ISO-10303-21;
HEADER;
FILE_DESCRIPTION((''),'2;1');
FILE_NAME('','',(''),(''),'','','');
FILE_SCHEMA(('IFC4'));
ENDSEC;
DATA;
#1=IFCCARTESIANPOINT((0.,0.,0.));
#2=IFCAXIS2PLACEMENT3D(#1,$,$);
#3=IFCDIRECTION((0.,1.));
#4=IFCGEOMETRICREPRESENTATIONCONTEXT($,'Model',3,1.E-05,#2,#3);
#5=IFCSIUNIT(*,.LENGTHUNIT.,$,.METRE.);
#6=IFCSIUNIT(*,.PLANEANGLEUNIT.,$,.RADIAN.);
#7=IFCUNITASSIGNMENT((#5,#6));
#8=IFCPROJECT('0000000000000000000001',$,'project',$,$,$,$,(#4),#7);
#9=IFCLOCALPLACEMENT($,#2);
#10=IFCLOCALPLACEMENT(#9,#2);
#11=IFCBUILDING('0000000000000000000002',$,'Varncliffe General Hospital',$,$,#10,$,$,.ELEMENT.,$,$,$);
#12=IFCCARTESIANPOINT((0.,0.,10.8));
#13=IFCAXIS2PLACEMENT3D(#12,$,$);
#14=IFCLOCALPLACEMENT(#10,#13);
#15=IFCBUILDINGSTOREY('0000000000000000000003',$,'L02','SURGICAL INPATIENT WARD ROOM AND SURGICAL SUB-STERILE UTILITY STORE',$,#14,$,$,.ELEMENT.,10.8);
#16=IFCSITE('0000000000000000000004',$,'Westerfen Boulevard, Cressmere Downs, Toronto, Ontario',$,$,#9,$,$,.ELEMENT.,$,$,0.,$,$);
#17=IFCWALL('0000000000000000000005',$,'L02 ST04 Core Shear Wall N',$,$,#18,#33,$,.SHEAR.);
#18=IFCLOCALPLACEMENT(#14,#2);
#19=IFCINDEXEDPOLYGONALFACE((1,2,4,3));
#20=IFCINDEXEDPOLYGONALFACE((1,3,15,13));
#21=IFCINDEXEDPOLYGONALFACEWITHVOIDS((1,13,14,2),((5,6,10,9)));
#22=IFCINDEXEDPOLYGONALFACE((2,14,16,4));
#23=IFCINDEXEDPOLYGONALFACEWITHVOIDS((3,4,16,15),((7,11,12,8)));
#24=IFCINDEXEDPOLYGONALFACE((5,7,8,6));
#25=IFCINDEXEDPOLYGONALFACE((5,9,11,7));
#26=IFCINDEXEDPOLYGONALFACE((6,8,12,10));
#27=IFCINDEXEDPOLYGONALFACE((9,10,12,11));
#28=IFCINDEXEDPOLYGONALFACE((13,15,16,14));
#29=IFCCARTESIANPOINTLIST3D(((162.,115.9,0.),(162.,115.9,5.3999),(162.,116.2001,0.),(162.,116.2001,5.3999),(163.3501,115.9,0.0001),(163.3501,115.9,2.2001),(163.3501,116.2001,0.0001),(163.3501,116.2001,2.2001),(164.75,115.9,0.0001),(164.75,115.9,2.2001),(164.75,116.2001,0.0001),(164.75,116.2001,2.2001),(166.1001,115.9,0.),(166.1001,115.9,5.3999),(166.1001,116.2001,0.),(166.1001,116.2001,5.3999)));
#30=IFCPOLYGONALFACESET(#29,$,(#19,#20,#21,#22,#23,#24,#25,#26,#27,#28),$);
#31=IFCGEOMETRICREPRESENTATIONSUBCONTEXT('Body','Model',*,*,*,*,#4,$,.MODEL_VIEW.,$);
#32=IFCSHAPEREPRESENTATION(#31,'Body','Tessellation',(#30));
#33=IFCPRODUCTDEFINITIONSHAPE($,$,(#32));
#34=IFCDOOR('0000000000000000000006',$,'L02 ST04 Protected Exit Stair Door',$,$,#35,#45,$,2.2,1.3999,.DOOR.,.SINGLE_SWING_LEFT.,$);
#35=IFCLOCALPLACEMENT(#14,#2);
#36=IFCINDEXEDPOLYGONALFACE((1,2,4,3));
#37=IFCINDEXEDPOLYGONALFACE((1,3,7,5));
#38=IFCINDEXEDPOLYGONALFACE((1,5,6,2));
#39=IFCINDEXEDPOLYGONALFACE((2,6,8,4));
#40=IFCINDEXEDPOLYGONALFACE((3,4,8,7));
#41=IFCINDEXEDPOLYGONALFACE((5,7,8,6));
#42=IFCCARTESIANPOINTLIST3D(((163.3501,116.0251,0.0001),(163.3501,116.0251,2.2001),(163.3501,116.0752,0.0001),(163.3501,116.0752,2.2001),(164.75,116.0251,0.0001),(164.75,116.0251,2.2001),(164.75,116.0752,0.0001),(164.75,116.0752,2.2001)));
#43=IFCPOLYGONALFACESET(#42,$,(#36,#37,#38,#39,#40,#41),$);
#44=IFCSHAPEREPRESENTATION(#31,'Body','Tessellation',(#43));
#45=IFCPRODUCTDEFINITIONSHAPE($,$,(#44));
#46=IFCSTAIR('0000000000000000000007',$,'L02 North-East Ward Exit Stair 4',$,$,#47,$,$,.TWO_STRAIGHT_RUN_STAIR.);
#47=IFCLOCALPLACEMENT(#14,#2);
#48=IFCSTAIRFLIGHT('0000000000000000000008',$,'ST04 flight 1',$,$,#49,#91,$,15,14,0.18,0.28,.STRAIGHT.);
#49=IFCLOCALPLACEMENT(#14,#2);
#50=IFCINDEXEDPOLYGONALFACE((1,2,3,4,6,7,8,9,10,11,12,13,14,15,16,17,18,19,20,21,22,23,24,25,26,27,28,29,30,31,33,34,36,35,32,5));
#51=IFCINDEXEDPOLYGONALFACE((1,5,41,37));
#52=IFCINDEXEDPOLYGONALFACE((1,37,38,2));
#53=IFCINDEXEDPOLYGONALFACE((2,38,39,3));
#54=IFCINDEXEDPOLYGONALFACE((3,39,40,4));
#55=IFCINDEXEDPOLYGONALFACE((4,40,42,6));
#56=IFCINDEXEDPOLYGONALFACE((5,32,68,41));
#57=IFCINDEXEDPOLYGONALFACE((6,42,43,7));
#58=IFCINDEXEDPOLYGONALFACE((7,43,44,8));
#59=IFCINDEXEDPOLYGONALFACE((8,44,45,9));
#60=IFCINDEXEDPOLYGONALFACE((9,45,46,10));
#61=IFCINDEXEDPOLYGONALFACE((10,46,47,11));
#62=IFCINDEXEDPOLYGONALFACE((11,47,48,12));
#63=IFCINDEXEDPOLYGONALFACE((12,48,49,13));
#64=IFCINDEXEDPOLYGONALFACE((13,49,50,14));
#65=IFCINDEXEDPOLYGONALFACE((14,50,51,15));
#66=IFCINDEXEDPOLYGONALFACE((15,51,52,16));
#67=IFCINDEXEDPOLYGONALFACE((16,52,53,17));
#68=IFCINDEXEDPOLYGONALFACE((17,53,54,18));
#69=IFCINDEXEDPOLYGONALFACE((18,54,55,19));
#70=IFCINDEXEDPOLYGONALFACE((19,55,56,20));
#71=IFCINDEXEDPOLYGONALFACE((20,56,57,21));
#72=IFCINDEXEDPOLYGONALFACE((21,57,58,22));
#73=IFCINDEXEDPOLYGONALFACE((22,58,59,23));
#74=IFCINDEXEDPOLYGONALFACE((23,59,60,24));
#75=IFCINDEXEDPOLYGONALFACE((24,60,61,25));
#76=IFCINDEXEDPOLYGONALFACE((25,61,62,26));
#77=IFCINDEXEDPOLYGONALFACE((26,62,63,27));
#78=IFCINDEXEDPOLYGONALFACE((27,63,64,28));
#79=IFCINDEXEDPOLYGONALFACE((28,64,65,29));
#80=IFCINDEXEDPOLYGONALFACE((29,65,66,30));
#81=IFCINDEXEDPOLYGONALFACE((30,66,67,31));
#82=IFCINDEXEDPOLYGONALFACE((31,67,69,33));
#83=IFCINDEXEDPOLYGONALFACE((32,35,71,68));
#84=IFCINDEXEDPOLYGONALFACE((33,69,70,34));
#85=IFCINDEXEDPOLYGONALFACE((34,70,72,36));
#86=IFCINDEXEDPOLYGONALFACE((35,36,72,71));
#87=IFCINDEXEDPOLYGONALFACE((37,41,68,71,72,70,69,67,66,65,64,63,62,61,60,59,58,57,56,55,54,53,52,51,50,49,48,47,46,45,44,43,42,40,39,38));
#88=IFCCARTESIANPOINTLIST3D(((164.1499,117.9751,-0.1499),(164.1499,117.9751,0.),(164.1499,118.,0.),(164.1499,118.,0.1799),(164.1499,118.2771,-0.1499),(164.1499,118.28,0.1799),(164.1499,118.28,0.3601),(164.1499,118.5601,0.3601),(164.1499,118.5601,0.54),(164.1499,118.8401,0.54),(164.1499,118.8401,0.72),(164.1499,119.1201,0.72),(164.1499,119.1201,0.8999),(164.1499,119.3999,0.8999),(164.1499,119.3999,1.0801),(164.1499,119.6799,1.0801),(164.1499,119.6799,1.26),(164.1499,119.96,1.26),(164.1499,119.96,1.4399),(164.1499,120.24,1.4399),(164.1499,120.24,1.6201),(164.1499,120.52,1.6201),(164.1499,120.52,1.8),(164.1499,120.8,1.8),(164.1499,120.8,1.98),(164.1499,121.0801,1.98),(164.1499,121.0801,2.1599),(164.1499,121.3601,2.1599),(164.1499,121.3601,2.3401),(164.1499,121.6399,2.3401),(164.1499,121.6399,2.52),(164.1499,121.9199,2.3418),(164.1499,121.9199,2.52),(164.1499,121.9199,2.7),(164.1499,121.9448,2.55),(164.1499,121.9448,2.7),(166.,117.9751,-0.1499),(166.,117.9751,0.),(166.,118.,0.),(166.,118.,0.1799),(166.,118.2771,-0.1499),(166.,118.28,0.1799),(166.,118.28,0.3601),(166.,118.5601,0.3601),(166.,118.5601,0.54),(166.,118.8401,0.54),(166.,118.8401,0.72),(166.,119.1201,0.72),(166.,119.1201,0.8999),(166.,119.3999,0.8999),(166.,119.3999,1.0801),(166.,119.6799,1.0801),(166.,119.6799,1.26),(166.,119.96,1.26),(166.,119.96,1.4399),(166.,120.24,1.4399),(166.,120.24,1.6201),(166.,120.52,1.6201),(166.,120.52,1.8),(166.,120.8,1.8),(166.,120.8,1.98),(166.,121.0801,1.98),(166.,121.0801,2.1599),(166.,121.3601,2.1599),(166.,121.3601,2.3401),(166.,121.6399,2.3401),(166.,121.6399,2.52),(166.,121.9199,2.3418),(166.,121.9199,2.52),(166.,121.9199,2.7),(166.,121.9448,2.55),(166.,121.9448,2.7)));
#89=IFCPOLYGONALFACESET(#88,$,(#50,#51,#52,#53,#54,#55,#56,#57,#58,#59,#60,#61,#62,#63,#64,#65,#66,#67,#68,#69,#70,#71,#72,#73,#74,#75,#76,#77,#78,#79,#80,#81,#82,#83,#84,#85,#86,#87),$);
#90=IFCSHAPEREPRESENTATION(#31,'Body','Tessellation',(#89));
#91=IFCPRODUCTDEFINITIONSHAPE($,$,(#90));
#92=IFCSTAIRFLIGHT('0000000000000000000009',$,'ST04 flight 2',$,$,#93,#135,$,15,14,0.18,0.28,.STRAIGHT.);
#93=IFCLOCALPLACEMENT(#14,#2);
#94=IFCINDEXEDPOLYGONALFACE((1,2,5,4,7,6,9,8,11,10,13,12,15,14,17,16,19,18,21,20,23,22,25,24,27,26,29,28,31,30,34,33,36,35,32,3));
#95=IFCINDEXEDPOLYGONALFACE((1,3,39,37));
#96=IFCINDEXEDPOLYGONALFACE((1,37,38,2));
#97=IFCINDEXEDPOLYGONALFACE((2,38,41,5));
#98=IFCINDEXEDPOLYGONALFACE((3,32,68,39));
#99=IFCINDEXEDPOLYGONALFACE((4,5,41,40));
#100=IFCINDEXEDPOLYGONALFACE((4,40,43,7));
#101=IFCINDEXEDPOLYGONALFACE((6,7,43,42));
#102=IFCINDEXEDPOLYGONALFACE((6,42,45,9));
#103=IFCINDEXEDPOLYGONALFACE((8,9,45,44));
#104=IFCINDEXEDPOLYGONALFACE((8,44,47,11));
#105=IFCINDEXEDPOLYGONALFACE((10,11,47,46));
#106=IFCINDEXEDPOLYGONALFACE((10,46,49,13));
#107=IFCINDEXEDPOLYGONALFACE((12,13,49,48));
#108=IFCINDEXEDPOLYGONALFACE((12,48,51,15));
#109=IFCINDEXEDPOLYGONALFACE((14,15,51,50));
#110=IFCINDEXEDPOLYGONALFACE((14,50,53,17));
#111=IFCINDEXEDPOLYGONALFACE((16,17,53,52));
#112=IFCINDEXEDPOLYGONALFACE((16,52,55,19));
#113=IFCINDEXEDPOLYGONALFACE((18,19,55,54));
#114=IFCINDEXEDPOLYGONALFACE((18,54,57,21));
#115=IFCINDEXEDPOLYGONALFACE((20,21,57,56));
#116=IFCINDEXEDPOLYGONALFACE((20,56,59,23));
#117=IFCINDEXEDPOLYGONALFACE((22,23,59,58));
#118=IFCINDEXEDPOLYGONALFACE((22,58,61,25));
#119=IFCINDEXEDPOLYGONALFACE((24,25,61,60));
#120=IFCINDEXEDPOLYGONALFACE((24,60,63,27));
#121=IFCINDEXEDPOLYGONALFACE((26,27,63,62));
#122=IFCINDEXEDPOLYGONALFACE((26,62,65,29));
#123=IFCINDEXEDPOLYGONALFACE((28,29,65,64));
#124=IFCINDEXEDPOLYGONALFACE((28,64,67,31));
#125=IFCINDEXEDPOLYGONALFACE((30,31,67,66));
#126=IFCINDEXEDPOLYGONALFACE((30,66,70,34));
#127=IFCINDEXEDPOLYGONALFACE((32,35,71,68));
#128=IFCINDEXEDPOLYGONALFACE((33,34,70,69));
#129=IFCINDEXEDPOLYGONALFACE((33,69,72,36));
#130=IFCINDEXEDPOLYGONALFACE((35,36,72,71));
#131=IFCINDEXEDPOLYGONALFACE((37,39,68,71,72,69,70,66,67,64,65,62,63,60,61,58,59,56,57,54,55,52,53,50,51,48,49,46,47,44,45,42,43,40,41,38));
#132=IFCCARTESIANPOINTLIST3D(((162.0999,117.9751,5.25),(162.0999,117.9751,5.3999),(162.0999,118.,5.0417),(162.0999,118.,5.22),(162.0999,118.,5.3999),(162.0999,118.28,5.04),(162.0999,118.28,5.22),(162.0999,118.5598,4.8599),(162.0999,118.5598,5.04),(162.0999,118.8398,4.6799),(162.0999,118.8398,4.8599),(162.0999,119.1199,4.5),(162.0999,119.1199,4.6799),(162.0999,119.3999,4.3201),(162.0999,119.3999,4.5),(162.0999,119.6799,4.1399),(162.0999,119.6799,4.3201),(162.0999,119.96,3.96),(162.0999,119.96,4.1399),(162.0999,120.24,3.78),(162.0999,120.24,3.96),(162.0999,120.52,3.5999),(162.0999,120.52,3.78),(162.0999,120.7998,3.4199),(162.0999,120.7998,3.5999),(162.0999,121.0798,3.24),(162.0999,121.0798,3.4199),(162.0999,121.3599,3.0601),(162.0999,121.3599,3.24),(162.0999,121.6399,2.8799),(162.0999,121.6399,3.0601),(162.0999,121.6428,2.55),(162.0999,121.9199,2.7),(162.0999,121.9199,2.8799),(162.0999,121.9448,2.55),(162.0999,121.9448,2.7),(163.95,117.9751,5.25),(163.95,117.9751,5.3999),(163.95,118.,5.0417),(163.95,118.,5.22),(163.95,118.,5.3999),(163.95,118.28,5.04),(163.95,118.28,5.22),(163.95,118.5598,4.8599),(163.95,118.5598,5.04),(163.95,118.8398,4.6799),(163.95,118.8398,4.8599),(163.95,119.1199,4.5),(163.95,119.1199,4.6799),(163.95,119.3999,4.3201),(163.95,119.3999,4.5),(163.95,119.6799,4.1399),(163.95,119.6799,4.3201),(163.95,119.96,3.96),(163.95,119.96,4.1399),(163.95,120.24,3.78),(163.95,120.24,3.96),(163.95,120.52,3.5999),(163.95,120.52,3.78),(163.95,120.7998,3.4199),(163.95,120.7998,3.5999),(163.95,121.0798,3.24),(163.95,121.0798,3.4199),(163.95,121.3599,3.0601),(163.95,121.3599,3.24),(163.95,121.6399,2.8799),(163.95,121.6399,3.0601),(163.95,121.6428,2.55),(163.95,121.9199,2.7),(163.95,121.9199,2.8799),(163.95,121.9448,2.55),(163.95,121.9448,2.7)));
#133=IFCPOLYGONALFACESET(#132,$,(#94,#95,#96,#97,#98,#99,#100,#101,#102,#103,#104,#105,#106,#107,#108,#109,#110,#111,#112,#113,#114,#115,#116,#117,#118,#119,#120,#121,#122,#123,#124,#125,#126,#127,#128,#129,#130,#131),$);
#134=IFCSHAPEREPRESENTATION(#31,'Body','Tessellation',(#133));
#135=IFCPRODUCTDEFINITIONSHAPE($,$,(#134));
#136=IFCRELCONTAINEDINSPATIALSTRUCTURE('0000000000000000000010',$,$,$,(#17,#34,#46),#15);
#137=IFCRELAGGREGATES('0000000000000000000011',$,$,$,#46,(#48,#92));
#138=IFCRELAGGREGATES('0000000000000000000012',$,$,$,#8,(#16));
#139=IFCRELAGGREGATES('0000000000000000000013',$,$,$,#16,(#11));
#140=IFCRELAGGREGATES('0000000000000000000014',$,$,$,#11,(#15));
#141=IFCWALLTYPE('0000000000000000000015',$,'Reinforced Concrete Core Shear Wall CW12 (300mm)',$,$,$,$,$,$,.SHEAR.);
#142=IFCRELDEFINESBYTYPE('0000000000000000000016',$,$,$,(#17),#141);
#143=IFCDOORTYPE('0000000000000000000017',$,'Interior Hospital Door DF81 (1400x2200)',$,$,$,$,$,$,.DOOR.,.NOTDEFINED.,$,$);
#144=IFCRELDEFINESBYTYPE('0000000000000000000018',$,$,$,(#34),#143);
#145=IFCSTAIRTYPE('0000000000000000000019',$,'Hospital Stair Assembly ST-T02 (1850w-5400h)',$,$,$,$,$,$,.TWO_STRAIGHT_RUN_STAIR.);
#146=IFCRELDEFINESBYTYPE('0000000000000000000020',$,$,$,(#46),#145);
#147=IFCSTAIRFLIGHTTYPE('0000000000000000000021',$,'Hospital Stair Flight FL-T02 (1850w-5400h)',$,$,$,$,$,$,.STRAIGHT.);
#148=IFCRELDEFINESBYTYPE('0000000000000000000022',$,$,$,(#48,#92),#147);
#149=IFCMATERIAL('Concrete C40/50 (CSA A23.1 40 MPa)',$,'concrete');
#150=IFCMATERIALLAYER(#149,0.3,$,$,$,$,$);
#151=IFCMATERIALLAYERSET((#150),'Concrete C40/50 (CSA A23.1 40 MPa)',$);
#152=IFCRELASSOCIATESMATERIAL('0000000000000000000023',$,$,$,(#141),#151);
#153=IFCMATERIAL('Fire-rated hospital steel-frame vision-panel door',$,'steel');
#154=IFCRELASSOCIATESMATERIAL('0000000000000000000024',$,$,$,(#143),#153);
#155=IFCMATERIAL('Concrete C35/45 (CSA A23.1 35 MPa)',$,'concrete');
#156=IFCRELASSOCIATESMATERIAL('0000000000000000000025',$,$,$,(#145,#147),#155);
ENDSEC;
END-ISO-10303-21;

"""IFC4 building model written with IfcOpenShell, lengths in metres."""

from ifc_helpers import new_model, si_unit, direction, frame, frame_2d, origin, place, context, subcontext, project, spatial, polyline, rectangle, outline, extrude, material, layer, layer_set, type_object, element, fill, aggregate, save


model = new_model("IFC4")

# Units and contexts
model_context = context("Model", 3, precision=1e-05, world=origin(), true_north=direction((0.0, 1.0)))
body_context = subcontext(model_context, "Body", "Model", "MODEL_VIEW")
ifc_project = project(units=[si_unit("LENGTHUNIT", "METRE"), si_unit("PLANEANGLEUNIT", "RADIAN")], contexts=[model_context])

# Site, building, storey
site_placement = place(None, origin())
site = spatial("IfcSite", under=ifc_project, at=site_placement, Name="Westerfen Boulevard, Cressmere Downs, Toronto, Ontario", CompositionType="ELEMENT", RefElevation=0.0)
building_placement = place(site_placement, origin())
building = spatial("IfcBuilding", under=site, at=building_placement, Name="Varncliffe General Hospital", CompositionType="ELEMENT")
storey_placement = place(building_placement, frame((0.0, 0.0, 10.8)))
storey = spatial("IfcBuildingStorey", under=building, at=storey_placement, Name="L02", Description="SURGICAL INPATIENT WARD ROOM AND SURGICAL SUB-STERILE UTILITY STORE", CompositionType="ELEMENT", Elevation=10.8)

# Shared definitions
ifc_material_1 = material(Name="Concrete C40/50 (CSA A23.1 40 MPa)", Category="concrete")

# Shared definitions
ifc_material_2 = material(Name="Concrete C35/45 (CSA A23.1 35 MPa)", Category="concrete")

# Shared definitions
ifc_material_3 = material(Name="Fire-rated hospital steel-frame vision-panel door", Category="steel")

# Shared definitions
ifc_layer_1 = layer(ifc_material_1, 0.3)
ifc_layer_set_1 = layer_set([ifc_layer_1], Name="Concrete C40/50 (CSA A23.1 40 MPa)")
wall_type_1 = type_object("IfcWallType", Name="Reinforced Concrete Core Shear Wall CW12 (300mm)", PredefinedType="SHEAR", material=ifc_layer_set_1)

# Wall, opening, door
wall_1_placement = place(storey_placement, frame((162.0, 116.05, 0.0), z_axis=(0.0, 0.0, 1.0), x_axis=(1.0, 0.0, 0.0)))
wall_1 = element("IfcWall", 1, at=wall_1_placement, inside=storey, type_object=wall_type_1, Name="L02 ST04 Core Shear Wall N", PredefinedType="SHEAR", context=body_context, shape_type="SweptSolid", body=[
    extrude(rectangle(XDim=4.1001, YDim=0.3, at=frame_2d((2.05, 0.0))), origin(), (0.0, 0.0, 1.0), 5.3999),
])
opening_1_placement = place(wall_1_placement, frame((1.3501, 0.0, 0.0)))
opening_1 = element("IfcOpeningElement", 2, at=opening_1_placement, cuts=wall_1, PredefinedType="OPENING", context=body_context, shape_type="SweptSolid", body=[
    extrude(rectangle(XDim=1.3999, YDim=2.2, at=frame_2d((0.7, 1.1001))), frame((0.0, 0.1602, 0.0), z_axis=(0.0, -1.0, 0.0), x_axis=(1.0, 0.0, 0.0)), (0.0, 0.0, 1.0), 0.3201),
])
door_type_1 = type_object("IfcDoorType", Name="Interior Hospital Door DF81 (1400x2200)", OperationType="NOTDEFINED", PredefinedType="DOOR", material=ifc_material_3)
door_1_placement = place(opening_1_placement, frame((1.3999, 0.0, 0.0), z_axis=(0.0, 0.0, 1.0), x_axis=(-1.0, 0.0, 0.0)))
door_1 = element("IfcDoor", 3, at=door_1_placement, inside=storey, type_object=door_type_1, Name="L02 ST04 Protected Exit Stair Door", OperationType="SINGLE_SWING_LEFT", OverallHeight=2.2, OverallWidth=1.3999, PredefinedType="DOOR", context=body_context, shape_type="SweptSolid", body=[
    extrude(rectangle(XDim=1.3999, YDim=2.2, at=frame_2d((0.7, 1.1001))), frame((0.0, 0.0249, 0.0), z_axis=(0.0, -1.0, 0.0), x_axis=(1.0, 0.0, 0.0)), (0.0, 0.0, 1.0), 0.05),
])
fill(opening_1, door_1)

# Stair, stair flights
stair_type = type_object("IfcStairType", Name="Hospital Stair Assembly ST-T02 (1850w-5400h)", PredefinedType="TWO_STRAIGHT_RUN_STAIR", material=ifc_material_2)
stair_placement = place(storey_placement, origin())
stair = element("IfcStair", 4, at=stair_placement, inside=storey, type_object=stair_type, Name="L02 North-East Ward Exit Stair 4", PredefinedType="TWO_STRAIGHT_RUN_STAIR")
stair_flight_type = type_object("IfcStairFlightType", Name="Hospital Stair Flight FL-T02 (1850w-5400h)", PredefinedType="STRAIGHT", material=ifc_material_2)
stair_flight_1_placement = place(storey_placement, frame((165.075, 118.0, 0.0), z_axis=(0.0, 0.0, 1.0), x_axis=(0.0, 1.0, 0.0)))
stair_flight_1 = element("IfcStairFlight", 5, at=stair_flight_1_placement, type_object=stair_flight_type, Name="ST04 flight 1", NumberOfRisers=15, NumberOfTreads=14, PredefinedType="STRAIGHT", RiserHeight=0.18, TreadLength=0.28, context=body_context, shape_type="SweptSolid", body=[
    extrude(outline(polyline([(-0.0249, -0.1499), (-0.0249, 0.0), (0.0, 0.0), (0.0, 0.1799), (0.28, 0.1799), (0.28, 0.3601), (0.5601, 0.3601), (0.5601, 0.54), (0.8401, 0.54), (0.8401, 0.72), (1.1201, 0.72), (1.1201, 0.8999), (1.3999, 0.8999), (1.3999, 1.0801), (1.6799, 1.0801), (1.6799, 1.26), (1.96, 1.26), (1.96, 1.4399), (2.24, 1.4399), (2.24, 1.6201), (2.52, 1.6201), (2.52, 1.8), (2.8, 1.8), (2.8, 1.98), (3.0801, 1.98), (3.0801, 2.1599), (3.3601, 2.1599), (3.3601, 2.3401), (3.6399, 2.3401), (3.6399, 2.52), (3.9199, 2.52), (3.9199, 2.7), (3.9448, 2.7), (3.9448, 2.55), (3.9199, 2.3418), (0.2771, -0.1499), (-0.0249, -0.1499)])), frame((0.0, 0.925, 0.0), z_axis=(0.0, -1.0, 0.0), x_axis=(1.0, 0.0, 0.0)), (0.0, 0.0, 1.0), 1.8501),
])
stair_flight_2_placement = place(storey_placement, frame((163.0249, 121.9199, 2.7), z_axis=(0.0, 0.0, 1.0), x_axis=(0.0, -1.0, 0.0)))
stair_flight_2 = element("IfcStairFlight", 6, at=stair_flight_2_placement, type_object=stair_flight_type, Name="ST04 flight 2", NumberOfRisers=15, NumberOfTreads=14, PredefinedType="STRAIGHT", RiserHeight=0.18, TreadLength=0.28, context=body_context, shape_type="SweptSolid", body=[
    extrude(outline(polyline([(-0.0249, -0.1499), (-0.0249, 0.0), (0.0, 0.0), (0.0, 0.1799), (0.28, 0.1799), (0.28, 0.3601), (0.5601, 0.3601), (0.5601, 0.54), (0.8401, 0.54), (0.8401, 0.72), (1.1201, 0.72), (1.1201, 0.8999), (1.3999, 0.8999), (1.3999, 1.0801), (1.6799, 1.0801), (1.6799, 1.26), (1.96, 1.26), (1.96, 1.4399), (2.24, 1.4399), (2.24, 1.6201), (2.52, 1.6201), (2.52, 1.8), (2.8, 1.8), (2.8, 1.98), (3.0801, 1.98), (3.0801, 2.1599), (3.3601, 2.1599), (3.3601, 2.3401), (3.6399, 2.3401), (3.6399, 2.52), (3.9199, 2.52), (3.9199, 2.7), (3.9448, 2.7), (3.9448, 2.55), (3.9199, 2.3418), (0.2771, -0.1499), (-0.0249, -0.1499)])), frame((0.0, 0.925, 0.0), z_axis=(0.0, -1.0, 0.0), x_axis=(1.0, 0.0, 0.0)), (0.0, 0.0, 1.0), 1.8501),
])
aggregate(stair, [stair_flight_1, stair_flight_2])

save(model, "model.ifc")
